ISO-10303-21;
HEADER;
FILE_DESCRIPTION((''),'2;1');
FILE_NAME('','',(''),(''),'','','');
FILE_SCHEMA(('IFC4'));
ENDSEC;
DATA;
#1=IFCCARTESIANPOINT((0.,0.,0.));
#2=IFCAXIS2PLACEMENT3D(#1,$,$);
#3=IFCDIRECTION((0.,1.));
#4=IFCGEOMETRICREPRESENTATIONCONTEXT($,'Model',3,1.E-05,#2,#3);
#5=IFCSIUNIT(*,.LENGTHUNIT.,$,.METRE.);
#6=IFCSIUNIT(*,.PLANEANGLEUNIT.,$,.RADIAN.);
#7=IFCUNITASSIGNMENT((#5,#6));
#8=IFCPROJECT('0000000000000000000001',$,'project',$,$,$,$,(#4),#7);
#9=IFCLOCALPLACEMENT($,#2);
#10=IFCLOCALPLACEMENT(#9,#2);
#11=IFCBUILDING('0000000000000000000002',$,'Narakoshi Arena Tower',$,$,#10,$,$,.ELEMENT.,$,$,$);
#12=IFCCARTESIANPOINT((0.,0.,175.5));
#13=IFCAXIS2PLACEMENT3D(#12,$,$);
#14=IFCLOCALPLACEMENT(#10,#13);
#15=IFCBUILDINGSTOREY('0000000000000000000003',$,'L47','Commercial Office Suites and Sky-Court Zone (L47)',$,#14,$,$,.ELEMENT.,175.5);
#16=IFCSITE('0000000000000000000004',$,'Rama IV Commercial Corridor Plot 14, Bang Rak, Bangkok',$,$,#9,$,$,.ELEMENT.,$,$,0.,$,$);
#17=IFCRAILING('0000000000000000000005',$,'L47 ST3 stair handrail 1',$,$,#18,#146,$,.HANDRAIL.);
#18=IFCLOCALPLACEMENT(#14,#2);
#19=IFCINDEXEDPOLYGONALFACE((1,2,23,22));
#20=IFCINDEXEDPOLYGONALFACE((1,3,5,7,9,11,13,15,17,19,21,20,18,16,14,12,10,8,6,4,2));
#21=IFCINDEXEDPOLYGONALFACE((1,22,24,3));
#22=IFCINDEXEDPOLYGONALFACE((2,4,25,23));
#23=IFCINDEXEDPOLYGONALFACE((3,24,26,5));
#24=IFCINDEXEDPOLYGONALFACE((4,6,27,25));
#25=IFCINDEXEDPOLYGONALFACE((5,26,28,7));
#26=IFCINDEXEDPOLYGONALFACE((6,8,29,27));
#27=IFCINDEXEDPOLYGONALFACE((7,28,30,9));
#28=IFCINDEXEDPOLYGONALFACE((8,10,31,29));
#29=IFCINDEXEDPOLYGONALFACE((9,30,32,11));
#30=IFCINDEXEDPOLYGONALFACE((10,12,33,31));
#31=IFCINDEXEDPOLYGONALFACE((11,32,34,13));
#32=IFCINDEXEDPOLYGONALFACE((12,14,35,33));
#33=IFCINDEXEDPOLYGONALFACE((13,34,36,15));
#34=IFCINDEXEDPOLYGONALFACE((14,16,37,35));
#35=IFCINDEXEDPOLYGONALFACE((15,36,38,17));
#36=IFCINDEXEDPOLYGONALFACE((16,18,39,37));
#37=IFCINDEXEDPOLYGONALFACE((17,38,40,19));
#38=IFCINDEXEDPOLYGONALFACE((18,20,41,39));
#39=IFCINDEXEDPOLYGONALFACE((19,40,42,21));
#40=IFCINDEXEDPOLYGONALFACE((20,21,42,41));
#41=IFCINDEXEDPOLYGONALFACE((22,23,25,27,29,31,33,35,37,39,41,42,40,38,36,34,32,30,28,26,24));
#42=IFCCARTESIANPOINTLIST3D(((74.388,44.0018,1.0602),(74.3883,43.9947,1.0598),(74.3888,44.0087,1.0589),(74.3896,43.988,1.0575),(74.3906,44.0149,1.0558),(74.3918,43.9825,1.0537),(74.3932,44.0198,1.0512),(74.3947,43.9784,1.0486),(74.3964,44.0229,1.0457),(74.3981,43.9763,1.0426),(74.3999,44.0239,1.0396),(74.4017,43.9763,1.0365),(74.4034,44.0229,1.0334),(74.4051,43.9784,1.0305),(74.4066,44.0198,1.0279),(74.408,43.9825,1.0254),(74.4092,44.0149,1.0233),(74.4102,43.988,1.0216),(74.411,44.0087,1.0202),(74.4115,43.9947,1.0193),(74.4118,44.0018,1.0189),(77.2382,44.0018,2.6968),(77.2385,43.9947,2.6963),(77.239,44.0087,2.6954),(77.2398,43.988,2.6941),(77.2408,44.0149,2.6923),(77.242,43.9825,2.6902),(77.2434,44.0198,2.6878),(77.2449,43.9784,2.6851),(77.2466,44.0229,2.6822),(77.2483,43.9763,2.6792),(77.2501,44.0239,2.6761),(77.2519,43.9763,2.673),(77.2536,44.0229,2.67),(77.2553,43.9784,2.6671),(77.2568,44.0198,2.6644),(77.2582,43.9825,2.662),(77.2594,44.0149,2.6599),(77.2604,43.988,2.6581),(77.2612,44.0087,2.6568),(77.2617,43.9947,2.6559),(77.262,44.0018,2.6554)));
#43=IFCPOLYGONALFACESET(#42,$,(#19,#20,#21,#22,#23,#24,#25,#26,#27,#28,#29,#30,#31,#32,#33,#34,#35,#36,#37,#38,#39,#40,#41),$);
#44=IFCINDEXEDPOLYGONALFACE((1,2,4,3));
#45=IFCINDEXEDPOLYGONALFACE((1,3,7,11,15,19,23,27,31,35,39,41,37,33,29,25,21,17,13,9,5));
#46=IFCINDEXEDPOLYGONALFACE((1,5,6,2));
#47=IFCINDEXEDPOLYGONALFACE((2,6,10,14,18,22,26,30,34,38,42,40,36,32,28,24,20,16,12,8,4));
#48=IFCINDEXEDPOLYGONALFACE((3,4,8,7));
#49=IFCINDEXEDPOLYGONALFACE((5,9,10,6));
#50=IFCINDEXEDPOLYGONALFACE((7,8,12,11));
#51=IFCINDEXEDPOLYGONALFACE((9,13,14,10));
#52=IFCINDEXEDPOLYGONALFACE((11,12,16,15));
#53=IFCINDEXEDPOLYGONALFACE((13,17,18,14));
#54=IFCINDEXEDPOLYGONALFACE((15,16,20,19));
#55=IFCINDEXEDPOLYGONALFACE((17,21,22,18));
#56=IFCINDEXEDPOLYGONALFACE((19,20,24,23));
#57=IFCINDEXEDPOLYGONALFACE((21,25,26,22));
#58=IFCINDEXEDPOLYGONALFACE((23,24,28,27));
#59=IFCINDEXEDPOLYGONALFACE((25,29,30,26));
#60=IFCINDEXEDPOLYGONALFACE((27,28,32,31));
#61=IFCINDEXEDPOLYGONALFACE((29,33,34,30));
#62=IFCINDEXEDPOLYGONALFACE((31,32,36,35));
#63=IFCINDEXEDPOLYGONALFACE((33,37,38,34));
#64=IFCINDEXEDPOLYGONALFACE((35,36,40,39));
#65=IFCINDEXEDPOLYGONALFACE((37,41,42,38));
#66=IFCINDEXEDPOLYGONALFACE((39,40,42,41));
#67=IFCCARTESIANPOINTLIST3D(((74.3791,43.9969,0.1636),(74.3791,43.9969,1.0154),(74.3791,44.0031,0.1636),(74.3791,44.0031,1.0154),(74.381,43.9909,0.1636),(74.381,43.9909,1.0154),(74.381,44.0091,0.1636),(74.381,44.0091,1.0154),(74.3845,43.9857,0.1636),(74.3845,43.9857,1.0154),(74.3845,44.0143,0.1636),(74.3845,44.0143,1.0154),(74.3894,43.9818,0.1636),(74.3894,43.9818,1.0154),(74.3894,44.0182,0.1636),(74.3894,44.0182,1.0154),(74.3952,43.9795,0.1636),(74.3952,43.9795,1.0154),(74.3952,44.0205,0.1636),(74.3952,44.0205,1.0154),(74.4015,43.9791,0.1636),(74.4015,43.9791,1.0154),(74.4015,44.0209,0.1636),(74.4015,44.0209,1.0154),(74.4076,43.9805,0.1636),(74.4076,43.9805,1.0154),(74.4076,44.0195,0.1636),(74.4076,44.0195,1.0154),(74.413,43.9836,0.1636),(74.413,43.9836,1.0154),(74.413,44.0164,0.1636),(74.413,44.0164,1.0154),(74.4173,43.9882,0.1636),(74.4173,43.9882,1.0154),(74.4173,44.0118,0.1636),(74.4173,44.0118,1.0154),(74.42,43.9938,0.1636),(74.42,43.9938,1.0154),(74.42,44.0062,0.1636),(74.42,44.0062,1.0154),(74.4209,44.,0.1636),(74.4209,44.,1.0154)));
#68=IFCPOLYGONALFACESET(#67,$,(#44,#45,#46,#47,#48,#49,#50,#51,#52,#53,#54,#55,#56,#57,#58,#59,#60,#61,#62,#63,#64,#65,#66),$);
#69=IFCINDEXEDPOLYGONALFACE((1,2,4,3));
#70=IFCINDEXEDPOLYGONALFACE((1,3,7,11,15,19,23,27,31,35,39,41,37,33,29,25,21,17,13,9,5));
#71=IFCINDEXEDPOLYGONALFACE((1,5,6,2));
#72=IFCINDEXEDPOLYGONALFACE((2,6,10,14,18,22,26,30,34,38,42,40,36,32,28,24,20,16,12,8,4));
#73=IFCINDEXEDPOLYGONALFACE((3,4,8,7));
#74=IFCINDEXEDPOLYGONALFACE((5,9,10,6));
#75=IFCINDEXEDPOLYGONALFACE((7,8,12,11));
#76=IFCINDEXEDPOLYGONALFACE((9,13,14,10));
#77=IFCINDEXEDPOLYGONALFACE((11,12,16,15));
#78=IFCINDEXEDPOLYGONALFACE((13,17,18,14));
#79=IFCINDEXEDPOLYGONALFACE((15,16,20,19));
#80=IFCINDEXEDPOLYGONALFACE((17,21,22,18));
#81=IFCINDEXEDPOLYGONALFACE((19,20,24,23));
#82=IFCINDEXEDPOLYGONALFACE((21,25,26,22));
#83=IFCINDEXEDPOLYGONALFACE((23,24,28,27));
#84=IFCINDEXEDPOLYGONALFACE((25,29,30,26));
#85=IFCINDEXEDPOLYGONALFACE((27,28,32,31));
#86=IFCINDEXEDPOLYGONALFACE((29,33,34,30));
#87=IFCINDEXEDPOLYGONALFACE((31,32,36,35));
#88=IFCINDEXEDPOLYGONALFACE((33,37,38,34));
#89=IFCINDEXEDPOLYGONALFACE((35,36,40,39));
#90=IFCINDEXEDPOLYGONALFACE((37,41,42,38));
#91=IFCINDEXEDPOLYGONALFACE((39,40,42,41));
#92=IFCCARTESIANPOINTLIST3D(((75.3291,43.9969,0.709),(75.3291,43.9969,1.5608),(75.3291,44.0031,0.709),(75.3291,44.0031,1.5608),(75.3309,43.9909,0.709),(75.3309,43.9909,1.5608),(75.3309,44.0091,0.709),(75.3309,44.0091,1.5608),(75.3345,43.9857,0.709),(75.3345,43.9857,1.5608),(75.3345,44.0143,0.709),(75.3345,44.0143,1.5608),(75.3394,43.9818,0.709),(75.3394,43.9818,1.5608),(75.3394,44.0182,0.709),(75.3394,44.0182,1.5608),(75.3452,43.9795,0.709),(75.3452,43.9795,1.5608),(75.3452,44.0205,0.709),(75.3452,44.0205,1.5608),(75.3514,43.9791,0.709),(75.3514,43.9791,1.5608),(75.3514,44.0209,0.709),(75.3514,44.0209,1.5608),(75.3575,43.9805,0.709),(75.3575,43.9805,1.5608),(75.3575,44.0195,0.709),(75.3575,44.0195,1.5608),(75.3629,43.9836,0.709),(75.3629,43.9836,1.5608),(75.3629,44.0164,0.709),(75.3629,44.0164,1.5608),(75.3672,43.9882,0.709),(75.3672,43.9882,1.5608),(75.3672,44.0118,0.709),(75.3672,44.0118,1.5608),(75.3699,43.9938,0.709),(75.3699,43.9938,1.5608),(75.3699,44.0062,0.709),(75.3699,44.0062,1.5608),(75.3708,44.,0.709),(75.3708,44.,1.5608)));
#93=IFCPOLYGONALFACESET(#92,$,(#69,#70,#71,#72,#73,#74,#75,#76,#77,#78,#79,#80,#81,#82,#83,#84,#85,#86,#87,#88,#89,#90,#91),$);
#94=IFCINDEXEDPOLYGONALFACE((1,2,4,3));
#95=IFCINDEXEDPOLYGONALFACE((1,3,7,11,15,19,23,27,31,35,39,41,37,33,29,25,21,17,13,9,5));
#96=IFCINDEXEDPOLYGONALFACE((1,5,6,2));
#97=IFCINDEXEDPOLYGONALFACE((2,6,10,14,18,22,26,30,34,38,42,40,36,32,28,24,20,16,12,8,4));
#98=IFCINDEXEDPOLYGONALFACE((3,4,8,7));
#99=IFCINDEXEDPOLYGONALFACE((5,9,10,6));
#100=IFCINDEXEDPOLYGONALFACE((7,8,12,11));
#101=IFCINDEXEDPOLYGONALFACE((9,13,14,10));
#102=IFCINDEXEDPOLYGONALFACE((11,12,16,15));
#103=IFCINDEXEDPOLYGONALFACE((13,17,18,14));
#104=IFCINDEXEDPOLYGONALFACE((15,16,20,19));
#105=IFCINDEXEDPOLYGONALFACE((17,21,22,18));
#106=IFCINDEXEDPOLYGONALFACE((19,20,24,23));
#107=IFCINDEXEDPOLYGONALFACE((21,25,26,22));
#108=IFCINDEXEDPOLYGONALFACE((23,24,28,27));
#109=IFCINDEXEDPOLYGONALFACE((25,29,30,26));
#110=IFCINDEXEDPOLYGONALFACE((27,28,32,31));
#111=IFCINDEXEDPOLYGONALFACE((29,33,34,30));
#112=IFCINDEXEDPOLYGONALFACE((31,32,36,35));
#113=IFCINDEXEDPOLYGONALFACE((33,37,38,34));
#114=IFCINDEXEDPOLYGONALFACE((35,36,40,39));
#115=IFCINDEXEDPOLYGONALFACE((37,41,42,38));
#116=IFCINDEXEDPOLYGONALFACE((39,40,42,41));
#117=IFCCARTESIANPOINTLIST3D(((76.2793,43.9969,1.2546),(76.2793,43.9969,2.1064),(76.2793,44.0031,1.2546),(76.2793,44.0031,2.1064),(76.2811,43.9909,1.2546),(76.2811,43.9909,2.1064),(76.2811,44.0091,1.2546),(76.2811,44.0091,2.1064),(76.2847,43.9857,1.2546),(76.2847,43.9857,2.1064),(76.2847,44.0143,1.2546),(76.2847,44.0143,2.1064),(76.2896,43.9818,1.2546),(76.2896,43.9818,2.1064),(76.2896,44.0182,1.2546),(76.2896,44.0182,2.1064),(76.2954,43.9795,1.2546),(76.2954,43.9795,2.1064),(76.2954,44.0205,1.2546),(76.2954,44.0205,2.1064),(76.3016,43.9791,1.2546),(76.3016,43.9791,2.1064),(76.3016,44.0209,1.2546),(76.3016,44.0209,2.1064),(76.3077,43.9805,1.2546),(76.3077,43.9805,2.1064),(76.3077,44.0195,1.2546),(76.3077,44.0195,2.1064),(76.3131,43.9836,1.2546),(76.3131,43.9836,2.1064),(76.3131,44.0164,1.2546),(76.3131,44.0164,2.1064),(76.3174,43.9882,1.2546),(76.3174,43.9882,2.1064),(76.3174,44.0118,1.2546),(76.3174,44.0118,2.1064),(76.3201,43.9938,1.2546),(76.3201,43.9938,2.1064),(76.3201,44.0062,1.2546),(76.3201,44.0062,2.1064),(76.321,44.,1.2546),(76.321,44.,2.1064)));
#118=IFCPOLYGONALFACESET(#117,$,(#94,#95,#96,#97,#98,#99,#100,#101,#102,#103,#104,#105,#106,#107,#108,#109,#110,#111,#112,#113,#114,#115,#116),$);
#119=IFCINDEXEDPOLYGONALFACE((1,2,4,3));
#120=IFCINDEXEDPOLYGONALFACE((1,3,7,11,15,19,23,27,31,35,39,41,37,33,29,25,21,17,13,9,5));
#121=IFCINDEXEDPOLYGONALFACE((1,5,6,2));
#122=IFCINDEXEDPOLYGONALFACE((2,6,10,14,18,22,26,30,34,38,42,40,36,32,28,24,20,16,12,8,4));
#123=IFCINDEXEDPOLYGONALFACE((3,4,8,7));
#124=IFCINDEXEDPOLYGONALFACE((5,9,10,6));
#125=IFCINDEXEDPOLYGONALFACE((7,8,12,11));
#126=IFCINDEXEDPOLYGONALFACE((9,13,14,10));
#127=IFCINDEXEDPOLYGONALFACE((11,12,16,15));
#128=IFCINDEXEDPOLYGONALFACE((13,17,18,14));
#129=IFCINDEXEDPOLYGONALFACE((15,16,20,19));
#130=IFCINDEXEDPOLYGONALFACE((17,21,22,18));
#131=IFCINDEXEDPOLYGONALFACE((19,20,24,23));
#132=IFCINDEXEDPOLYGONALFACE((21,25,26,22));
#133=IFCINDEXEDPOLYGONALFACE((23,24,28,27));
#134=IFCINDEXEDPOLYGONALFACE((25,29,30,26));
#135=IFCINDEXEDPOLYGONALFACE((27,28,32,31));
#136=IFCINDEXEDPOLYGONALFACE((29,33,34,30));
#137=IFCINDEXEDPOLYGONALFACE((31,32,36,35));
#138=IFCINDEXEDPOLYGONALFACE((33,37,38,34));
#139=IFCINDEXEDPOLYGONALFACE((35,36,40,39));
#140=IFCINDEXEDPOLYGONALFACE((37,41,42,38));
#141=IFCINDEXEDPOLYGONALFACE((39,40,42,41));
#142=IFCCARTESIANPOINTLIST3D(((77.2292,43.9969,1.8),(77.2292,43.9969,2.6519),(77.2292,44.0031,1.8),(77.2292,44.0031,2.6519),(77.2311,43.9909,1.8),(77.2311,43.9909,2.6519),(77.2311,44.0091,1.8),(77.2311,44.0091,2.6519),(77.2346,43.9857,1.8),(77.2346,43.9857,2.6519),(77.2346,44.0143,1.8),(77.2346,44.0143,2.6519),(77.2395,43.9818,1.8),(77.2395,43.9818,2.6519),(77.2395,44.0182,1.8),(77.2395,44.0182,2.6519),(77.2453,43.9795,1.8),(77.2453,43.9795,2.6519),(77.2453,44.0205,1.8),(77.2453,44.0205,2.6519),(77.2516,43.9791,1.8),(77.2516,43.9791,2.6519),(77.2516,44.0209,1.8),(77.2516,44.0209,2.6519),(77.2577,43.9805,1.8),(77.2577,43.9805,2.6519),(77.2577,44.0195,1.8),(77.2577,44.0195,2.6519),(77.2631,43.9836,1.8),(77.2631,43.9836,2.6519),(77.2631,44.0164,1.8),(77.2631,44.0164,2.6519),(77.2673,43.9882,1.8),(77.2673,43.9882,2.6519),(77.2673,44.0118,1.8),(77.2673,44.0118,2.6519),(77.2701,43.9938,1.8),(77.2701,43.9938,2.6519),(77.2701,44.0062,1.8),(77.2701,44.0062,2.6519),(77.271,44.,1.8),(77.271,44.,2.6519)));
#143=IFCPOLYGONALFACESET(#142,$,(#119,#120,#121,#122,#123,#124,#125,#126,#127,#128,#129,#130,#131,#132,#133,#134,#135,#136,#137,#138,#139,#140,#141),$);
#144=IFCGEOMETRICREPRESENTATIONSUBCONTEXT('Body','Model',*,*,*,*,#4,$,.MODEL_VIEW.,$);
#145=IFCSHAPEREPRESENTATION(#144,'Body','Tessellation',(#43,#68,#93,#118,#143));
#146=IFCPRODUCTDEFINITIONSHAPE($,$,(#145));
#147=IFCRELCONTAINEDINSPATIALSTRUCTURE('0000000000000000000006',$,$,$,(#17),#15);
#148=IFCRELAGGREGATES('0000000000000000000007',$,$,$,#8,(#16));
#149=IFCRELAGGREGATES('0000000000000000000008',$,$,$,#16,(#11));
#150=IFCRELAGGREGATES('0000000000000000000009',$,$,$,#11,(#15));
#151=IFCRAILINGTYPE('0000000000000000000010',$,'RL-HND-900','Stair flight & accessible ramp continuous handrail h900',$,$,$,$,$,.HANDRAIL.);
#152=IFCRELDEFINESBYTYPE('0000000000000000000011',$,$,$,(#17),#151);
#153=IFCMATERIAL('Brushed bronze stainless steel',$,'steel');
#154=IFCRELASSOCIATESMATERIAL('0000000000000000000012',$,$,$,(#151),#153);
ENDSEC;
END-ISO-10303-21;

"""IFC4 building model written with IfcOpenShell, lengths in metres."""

from ifc_helpers import new_model, si_unit, direction, frame, origin, origin_2d, place, context, subcontext, project, spatial, circle, extrude, material, type_object, element, save


model = new_model("IFC4")

# Units and contexts
model_context = context("Model", 3, precision=1e-05, world=origin(), true_north=direction((0.0, 1.0)))
body_context = subcontext(model_context, "Body", "Model", "MODEL_VIEW")
ifc_project = project(units=[si_unit("LENGTHUNIT", "METRE"), si_unit("PLANEANGLEUNIT", "RADIAN")], contexts=[model_context])

# Site, building, storey
site_placement = place(None, origin())
site = spatial("IfcSite", under=ifc_project, at=site_placement, Name="Rama IV Commercial Corridor Plot 14, Bang Rak, Bangkok", CompositionType="ELEMENT", RefElevation=0.0)
building_placement = place(site_placement, origin())
building = spatial("IfcBuilding", under=site, at=building_placement, Name="Narakoshi Arena Tower", CompositionType="ELEMENT")
storey_placement = place(building_placement, frame((0.0, 0.0, 175.5)))
storey = spatial("IfcBuildingStorey", under=building, at=storey_placement, Name="L47", Description="Commercial Office Suites and Sky-Court Zone (L47)", CompositionType="ELEMENT", Elevation=175.5)

# Railing
ifc_material_1 = material(Name="Brushed bronze stainless steel", Category="steel")
railing_type_1 = type_object("IfcRailingType", Name="RL-HND-900", Description="Stair flight & accessible ramp continuous handrail h900", PredefinedType="HANDRAIL", material=ifc_material_1)
for number, where, name in (
    (1, (74.3999, 44.0, 0.1636), "L47 ST3 stair handrail 1"),
):
    element("IfcRailing", number, at=place(storey_placement, frame(where)), inside=storey, type_object=railing_type_1, Name=name, PredefinedType="HANDRAIL", context=body_context, shape_type="SweptSolid", body=[
        extrude(circle(Radius=0.0239, at=origin_2d()), frame((0.0, 0.0, 0.876), z_axis=(0.867213, 0.0, 0.497938), x_axis=(0.0, 1.0, 0.0)), (0.0, 0.0, 1.0), 3.2866),
        extrude(circle(Radius=0.021, at=origin_2d()), origin(), (0.0, 0.0, 1.0), 0.8518),
        extrude(circle(Radius=0.021, at=origin_2d()), frame((0.95, 0.0, 0.5454)), (0.0, 0.0, 1.0), 0.8518),
        extrude(circle(Radius=0.021, at=origin_2d()), frame((1.9001, 0.0, 1.0911)), (0.0, 0.0, 1.0), 0.8518),
        extrude(circle(Radius=0.021, at=origin_2d()), frame((2.8501, 0.0, 1.6365)), (0.0, 0.0, 1.0), 0.8518),
    ])

save(model, "model.ifc")
